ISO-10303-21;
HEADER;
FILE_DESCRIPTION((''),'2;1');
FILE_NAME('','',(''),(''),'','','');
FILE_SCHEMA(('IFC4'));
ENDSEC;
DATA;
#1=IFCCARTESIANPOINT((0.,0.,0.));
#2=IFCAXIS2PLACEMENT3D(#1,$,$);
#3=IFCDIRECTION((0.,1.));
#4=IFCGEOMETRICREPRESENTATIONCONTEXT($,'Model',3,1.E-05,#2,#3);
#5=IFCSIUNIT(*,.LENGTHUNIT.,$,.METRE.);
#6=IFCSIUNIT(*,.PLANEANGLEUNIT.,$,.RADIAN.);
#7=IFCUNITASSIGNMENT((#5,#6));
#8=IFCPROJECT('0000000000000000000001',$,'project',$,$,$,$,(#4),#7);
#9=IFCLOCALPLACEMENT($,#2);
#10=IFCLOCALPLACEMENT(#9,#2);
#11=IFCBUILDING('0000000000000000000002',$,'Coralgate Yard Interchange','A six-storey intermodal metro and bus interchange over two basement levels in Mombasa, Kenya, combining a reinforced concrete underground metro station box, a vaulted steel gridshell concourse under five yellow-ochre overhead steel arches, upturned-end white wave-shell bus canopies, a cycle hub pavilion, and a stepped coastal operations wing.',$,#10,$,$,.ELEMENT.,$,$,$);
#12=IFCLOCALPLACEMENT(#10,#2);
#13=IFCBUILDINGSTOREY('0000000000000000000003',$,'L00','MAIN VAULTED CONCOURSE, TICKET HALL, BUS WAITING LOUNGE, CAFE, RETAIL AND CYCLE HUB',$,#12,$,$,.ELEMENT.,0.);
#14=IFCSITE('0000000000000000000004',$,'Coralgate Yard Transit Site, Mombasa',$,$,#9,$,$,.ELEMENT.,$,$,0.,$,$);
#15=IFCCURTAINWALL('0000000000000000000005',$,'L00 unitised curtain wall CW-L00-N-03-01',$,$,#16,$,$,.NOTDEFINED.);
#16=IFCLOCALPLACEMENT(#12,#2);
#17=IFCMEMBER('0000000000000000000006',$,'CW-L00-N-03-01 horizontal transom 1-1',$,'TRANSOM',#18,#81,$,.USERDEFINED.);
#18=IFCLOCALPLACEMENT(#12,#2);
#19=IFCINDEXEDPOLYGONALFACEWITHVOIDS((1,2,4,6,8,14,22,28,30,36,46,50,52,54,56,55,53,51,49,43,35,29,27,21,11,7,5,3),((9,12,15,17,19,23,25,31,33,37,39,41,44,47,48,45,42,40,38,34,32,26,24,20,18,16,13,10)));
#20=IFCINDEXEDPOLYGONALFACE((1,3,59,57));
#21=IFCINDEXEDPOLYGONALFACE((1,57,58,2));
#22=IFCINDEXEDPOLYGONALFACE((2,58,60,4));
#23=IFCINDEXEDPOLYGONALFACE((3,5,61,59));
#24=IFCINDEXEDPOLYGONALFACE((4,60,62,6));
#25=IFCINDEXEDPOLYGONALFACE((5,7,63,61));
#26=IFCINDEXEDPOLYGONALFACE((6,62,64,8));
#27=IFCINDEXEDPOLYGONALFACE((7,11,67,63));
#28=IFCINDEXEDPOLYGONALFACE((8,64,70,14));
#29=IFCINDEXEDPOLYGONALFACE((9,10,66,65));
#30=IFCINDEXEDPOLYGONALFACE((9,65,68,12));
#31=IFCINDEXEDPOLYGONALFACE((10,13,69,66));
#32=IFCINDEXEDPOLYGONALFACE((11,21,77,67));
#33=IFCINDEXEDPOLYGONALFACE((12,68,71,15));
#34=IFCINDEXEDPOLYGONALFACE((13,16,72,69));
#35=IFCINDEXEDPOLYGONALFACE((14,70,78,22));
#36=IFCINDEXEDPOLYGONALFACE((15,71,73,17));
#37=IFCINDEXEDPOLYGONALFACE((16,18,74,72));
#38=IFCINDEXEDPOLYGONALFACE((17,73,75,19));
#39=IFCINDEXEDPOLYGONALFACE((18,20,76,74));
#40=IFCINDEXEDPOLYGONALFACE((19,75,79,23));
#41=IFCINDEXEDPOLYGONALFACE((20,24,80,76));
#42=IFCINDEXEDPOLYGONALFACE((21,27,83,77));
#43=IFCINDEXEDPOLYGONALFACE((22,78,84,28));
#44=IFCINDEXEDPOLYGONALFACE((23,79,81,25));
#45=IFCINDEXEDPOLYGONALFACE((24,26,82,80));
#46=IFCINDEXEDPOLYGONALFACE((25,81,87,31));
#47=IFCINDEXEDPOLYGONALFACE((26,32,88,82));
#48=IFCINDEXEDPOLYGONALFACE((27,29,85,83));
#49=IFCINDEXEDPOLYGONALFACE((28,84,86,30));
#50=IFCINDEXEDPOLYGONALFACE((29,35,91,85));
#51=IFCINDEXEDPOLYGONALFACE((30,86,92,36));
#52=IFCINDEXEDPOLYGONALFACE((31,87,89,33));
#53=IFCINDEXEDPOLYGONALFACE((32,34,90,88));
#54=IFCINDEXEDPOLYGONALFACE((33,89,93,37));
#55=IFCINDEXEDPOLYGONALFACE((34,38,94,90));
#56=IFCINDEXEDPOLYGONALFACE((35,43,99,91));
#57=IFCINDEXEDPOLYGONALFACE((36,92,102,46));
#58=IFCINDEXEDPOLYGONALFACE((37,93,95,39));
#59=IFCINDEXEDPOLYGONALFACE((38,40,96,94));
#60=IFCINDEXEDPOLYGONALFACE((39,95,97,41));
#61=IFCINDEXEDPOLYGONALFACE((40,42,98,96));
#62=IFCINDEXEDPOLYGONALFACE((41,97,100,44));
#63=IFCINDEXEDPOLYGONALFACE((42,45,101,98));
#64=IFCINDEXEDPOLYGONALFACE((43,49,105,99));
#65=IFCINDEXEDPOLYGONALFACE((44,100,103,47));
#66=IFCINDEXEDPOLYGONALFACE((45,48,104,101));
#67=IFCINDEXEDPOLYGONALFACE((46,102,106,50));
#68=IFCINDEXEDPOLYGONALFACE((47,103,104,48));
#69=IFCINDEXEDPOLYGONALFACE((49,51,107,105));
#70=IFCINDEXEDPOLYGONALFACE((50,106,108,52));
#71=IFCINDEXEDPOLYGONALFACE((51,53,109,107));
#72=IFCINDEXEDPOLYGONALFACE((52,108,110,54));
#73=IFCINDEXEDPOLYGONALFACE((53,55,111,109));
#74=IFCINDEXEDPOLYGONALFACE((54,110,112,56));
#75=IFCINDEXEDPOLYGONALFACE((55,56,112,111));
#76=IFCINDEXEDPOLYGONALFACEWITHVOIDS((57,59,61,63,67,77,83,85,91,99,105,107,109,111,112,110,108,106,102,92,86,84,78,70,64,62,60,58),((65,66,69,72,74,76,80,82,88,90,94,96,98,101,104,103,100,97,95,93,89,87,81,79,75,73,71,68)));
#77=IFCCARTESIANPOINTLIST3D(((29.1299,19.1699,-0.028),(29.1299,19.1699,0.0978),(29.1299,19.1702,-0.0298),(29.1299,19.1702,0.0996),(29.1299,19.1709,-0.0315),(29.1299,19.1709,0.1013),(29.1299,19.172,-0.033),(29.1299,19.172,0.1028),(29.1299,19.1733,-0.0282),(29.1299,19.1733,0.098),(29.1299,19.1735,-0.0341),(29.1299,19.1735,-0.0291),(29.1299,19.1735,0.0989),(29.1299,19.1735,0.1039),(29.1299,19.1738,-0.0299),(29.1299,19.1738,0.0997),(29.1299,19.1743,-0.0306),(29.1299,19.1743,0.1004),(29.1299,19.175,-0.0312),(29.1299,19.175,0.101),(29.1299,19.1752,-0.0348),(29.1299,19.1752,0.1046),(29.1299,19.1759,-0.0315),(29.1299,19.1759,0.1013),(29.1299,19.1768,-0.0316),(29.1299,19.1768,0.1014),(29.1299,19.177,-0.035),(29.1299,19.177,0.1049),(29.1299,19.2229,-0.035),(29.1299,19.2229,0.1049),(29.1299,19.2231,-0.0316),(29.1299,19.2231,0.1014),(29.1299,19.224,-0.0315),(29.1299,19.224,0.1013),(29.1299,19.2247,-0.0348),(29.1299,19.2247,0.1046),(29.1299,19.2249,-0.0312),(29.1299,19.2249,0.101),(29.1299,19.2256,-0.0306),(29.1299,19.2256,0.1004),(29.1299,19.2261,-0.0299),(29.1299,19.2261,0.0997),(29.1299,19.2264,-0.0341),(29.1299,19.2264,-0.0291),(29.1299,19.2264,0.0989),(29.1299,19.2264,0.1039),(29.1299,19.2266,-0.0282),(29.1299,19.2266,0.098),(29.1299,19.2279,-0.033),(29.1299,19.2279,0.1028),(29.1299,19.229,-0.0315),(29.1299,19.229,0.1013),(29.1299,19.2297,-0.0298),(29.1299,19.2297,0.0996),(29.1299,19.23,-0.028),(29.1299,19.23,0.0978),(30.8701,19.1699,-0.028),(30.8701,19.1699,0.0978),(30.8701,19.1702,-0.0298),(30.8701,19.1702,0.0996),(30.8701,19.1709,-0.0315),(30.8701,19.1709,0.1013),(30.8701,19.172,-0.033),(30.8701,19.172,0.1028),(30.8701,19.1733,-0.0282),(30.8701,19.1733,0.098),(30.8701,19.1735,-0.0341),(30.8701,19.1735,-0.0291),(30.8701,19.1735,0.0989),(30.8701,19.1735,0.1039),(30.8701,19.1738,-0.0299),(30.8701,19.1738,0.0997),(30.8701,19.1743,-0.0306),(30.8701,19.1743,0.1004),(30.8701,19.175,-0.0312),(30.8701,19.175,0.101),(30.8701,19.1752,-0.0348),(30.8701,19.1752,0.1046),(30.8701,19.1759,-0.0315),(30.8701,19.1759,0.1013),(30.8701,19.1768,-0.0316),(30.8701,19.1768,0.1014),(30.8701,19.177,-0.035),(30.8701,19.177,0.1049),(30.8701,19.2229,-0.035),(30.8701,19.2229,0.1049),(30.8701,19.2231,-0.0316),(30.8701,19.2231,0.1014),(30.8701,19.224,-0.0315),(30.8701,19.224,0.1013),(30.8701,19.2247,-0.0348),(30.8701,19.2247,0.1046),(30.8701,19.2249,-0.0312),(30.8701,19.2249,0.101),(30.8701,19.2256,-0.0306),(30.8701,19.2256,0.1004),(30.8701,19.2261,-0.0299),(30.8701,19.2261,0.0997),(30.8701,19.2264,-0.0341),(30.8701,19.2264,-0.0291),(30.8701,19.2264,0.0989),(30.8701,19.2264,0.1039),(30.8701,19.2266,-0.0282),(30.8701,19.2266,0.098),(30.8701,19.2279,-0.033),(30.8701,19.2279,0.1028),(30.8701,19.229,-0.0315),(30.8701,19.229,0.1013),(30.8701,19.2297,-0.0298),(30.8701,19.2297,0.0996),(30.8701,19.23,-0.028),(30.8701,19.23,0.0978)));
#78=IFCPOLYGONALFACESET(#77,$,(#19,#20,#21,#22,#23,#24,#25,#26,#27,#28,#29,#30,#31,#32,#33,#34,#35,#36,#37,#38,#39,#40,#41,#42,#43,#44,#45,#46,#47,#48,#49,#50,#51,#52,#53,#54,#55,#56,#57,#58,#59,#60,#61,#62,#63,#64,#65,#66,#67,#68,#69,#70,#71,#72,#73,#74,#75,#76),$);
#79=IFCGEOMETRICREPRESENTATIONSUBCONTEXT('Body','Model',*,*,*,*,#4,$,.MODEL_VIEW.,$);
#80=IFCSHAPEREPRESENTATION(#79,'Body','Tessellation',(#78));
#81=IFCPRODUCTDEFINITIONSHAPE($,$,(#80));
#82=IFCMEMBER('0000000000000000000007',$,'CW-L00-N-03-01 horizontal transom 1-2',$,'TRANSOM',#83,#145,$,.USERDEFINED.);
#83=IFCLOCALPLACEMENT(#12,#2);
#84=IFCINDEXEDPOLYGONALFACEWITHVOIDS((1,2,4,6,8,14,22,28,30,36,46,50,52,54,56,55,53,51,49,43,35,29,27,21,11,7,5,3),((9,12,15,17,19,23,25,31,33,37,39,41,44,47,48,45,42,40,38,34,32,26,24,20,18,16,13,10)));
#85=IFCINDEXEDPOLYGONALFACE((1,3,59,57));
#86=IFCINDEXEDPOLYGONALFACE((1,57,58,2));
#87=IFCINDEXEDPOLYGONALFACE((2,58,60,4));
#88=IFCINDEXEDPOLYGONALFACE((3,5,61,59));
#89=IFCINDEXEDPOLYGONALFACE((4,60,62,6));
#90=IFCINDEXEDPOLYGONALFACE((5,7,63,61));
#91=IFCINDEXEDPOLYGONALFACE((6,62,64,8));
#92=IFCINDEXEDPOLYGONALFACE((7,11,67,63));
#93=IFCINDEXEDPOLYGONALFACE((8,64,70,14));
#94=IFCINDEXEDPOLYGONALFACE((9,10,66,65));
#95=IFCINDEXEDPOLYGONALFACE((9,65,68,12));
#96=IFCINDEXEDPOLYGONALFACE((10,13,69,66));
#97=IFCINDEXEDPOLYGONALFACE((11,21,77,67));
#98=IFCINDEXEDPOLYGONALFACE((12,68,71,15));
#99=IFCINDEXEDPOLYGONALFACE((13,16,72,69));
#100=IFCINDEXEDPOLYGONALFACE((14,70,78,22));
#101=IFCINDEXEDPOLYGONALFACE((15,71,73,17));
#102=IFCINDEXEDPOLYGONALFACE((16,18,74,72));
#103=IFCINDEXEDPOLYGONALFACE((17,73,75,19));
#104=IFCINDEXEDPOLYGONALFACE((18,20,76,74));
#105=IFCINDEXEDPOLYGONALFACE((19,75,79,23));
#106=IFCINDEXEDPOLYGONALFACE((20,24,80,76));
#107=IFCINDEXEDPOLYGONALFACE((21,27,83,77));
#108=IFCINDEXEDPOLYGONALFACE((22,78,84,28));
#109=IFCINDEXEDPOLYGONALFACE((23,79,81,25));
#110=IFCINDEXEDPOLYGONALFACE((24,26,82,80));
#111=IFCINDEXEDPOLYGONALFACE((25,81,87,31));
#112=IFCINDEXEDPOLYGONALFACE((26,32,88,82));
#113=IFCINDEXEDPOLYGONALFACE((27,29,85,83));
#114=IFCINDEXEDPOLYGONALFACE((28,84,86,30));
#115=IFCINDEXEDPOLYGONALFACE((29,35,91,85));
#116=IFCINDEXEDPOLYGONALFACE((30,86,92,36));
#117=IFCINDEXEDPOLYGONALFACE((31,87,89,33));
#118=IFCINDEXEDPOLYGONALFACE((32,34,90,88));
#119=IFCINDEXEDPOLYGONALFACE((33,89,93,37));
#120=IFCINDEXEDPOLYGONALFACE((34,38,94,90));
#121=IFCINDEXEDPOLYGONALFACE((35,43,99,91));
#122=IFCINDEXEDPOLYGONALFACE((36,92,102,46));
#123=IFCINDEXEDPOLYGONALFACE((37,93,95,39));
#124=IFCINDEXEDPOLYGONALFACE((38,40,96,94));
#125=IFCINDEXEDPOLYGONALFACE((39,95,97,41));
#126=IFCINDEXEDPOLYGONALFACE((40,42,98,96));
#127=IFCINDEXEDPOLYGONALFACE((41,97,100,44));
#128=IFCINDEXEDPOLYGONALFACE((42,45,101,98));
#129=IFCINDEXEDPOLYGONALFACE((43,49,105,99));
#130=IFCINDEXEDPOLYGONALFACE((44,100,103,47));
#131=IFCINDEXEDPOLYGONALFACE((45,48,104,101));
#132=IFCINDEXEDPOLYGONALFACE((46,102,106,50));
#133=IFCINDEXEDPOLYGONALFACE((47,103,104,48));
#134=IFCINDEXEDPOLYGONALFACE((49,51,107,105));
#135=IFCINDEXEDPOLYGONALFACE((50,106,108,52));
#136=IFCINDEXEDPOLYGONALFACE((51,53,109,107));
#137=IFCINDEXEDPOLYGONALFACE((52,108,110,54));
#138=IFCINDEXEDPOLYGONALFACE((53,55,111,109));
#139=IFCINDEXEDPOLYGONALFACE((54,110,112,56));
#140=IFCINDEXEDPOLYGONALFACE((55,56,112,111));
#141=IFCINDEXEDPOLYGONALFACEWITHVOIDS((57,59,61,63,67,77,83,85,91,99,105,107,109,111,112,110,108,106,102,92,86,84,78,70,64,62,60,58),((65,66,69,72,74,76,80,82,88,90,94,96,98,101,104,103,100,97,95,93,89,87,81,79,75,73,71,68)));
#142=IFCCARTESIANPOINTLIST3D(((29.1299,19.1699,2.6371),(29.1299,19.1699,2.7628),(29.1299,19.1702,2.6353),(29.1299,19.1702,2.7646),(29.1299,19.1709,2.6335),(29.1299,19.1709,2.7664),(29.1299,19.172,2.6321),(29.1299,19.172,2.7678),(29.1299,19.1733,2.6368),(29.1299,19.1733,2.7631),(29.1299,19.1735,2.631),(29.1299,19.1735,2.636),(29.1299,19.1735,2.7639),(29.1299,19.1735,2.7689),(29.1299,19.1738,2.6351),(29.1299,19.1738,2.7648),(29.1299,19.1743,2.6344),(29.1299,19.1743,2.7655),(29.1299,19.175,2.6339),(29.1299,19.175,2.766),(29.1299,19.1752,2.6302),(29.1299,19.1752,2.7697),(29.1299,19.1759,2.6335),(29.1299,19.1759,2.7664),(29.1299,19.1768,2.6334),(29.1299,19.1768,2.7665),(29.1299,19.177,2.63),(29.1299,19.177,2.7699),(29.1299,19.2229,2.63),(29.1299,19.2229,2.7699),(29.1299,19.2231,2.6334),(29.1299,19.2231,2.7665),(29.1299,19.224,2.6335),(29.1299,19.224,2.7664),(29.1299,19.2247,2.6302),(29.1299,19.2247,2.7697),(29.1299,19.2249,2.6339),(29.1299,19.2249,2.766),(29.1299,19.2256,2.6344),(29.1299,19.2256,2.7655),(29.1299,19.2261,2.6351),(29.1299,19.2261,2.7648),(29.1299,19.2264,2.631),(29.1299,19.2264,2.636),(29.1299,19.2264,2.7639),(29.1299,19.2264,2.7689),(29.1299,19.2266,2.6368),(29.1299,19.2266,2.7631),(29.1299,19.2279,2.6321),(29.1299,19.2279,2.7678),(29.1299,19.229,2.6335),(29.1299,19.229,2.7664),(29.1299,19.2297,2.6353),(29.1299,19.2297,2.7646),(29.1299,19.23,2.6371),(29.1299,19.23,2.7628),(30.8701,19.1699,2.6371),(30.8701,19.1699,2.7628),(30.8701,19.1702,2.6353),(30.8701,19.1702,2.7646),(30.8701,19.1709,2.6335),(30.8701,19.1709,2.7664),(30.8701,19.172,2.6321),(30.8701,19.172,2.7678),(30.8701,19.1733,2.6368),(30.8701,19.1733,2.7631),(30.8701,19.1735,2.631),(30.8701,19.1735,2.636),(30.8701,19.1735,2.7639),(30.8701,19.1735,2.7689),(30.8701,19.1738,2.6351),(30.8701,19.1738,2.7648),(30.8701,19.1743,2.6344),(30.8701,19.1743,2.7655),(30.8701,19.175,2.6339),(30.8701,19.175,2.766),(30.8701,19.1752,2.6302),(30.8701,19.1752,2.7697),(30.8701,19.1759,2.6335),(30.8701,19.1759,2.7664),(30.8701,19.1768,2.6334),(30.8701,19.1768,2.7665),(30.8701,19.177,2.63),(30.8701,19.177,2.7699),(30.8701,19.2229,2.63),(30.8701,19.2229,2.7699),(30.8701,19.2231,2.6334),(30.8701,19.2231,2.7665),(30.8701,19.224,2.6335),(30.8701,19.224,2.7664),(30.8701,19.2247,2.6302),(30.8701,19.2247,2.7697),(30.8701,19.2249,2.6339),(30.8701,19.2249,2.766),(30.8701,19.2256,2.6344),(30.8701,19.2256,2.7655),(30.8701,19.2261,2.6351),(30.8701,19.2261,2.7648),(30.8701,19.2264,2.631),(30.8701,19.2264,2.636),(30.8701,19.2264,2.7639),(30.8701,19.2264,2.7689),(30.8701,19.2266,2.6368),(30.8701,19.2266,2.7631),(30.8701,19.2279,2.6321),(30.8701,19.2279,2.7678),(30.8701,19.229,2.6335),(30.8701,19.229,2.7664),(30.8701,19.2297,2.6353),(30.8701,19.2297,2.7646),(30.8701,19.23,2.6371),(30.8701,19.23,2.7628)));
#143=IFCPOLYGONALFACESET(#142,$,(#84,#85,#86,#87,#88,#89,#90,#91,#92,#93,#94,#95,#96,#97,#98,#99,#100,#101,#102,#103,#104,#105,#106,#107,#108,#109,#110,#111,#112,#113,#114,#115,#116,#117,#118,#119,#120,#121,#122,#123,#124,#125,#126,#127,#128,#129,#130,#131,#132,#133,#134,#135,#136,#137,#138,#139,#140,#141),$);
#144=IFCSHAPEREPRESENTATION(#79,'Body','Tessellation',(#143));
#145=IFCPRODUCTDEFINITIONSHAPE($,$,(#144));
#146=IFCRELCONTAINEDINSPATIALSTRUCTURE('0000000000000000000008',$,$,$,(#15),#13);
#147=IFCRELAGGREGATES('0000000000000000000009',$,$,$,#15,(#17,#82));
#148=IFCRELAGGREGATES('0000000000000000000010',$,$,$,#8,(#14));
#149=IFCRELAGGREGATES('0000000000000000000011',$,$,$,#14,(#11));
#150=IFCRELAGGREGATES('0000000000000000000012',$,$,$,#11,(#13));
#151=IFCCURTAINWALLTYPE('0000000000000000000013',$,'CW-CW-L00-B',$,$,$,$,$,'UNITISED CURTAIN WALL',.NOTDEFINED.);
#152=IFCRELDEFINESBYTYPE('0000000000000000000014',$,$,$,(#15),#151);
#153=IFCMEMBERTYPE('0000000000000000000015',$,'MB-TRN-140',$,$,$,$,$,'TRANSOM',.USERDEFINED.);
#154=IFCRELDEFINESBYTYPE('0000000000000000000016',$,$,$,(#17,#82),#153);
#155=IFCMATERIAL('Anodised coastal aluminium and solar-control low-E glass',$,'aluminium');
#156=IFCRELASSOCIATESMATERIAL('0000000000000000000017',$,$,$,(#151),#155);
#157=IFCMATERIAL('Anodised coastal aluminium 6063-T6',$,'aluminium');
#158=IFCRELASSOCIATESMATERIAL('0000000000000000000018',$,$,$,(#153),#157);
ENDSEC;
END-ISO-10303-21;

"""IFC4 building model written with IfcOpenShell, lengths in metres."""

from ifc_helpers import new_model, si_unit, direction, frame, origin, origin_2d, place, context, subcontext, project, spatial, hollow_rectangle, extrude, material, material_profile, profile_set, type_object, element, aggregate, save


model = new_model("IFC4")

# Units and contexts
model_context = context("Model", 3, precision=1e-05, world=origin(), true_north=direction((0.0, 1.0)))
body_context = subcontext(model_context, "Body", "Model", "MODEL_VIEW")
ifc_project = project(units=[si_unit("LENGTHUNIT", "METRE"), si_unit("PLANEANGLEUNIT", "RADIAN")], contexts=[model_context])

# Site, building, storey
site_placement = place(None, origin())
site = spatial("IfcSite", under=ifc_project, at=site_placement, Name="Coralgate Yard Transit Site, Mombasa", CompositionType="ELEMENT", RefElevation=0.0)
building_placement = place(site_placement, origin())
building = spatial("IfcBuilding", under=site, at=building_placement, Name="Coralgate Yard Interchange", Description="A six-storey intermodal metro and bus interchange over two basement levels in Mombasa, Kenya, combining a reinforced concrete underground metro station box, a vaulted steel gridshell concourse under five yellow-ochre overhead steel arches, upturned-end white wave-shell bus canopies, a cycle hub pavilion, and a stepped coastal operations wing.", CompositionType="ELEMENT")
storey_placement = place(building_placement, origin())
storey = spatial("IfcBuildingStorey", under=building, at=storey_placement, Name="L00", Description="MAIN VAULTED CONCOURSE, TICKET HALL, BUS WAITING LOUNGE, CAFE, RETAIL AND CYCLE HUB", CompositionType="ELEMENT", Elevation=0.0)

# Curtain wall, members
ifc_material_1 = material(Name="Anodised coastal aluminium and solar-control low-E glass", Category="aluminium")
curtain_wall_type = type_object("IfcCurtainWallType", Name="CW-CW-L00-B", ElementType="UNITISED CURTAIN WALL", PredefinedType="NOTDEFINED", material=ifc_material_1)
curtain_wall_placement = place(storey_placement, origin())
curtain_wall = element("IfcCurtainWall", 1, at=curtain_wall_placement, inside=storey, type_object=curtain_wall_type, Name="L00 unitised curtain wall CW-L00-N-03-01", PredefinedType="NOTDEFINED")
ifc_material_2 = material(Name="Anodised coastal aluminium 6063-T6", Category="aluminium")
ifc_material_profile_1 = material_profile(ifc_material_2, hollow_rectangle(XDim=0.0601, YDim=0.1399, WallThickness=0.0034, InnerFilletRadius=0.0034, OuterFilletRadius=0.0071, at=origin_2d()), Name="ALU 60x140x3.5")
ifc_profile_set_1 = profile_set([ifc_material_profile_1], Name="Anodised coastal aluminium 6063-T6")
member_type_1 = type_object("IfcMemberType", Name="MB-TRN-140", ElementType="TRANSOM", PredefinedType="USERDEFINED", material=ifc_profile_set_1)
member_1_placement = place(storey_placement, frame((29.1299, 19.2, 0.0349), z_axis=(1.0, 0.0, 0.0), x_axis=(0.0, 1.0, 0.0)))
member_1 = element("IfcMember", 2, at=member_1_placement, type_object=member_type_1, Name="CW-L00-N-03-01 horizontal transom 1-1", ObjectType="TRANSOM", PredefinedType="USERDEFINED", context=body_context, shape_type="SweptSolid", body=[
    extrude(hollow_rectangle(XDim=0.0601, YDim=0.1399, WallThickness=0.0034, InnerFilletRadius=0.0034, OuterFilletRadius=0.0071, at=origin_2d()), origin(), (0.0, 0.0, 1.0), 1.7402),
])
member_2_placement = place(storey_placement, frame((29.1299, 19.2, 2.7), z_axis=(1.0, 0.0, 0.0), x_axis=(0.0, 1.0, 0.0)))
member_2 = element("IfcMember", 3, at=member_2_placement, type_object=member_type_1, Name="CW-L00-N-03-01 horizontal transom 1-2", ObjectType="TRANSOM", PredefinedType="USERDEFINED", context=body_context, shape_type="SweptSolid", body=[
    extrude(hollow_rectangle(XDim=0.0601, YDim=0.1399, WallThickness=0.0034, InnerFilletRadius=0.0034, OuterFilletRadius=0.0071, at=origin_2d()), origin(), (0.0, 0.0, 1.0), 1.7402),
])
aggregate(curtain_wall, [member_1, member_2])

save(model, "model.ifc")
